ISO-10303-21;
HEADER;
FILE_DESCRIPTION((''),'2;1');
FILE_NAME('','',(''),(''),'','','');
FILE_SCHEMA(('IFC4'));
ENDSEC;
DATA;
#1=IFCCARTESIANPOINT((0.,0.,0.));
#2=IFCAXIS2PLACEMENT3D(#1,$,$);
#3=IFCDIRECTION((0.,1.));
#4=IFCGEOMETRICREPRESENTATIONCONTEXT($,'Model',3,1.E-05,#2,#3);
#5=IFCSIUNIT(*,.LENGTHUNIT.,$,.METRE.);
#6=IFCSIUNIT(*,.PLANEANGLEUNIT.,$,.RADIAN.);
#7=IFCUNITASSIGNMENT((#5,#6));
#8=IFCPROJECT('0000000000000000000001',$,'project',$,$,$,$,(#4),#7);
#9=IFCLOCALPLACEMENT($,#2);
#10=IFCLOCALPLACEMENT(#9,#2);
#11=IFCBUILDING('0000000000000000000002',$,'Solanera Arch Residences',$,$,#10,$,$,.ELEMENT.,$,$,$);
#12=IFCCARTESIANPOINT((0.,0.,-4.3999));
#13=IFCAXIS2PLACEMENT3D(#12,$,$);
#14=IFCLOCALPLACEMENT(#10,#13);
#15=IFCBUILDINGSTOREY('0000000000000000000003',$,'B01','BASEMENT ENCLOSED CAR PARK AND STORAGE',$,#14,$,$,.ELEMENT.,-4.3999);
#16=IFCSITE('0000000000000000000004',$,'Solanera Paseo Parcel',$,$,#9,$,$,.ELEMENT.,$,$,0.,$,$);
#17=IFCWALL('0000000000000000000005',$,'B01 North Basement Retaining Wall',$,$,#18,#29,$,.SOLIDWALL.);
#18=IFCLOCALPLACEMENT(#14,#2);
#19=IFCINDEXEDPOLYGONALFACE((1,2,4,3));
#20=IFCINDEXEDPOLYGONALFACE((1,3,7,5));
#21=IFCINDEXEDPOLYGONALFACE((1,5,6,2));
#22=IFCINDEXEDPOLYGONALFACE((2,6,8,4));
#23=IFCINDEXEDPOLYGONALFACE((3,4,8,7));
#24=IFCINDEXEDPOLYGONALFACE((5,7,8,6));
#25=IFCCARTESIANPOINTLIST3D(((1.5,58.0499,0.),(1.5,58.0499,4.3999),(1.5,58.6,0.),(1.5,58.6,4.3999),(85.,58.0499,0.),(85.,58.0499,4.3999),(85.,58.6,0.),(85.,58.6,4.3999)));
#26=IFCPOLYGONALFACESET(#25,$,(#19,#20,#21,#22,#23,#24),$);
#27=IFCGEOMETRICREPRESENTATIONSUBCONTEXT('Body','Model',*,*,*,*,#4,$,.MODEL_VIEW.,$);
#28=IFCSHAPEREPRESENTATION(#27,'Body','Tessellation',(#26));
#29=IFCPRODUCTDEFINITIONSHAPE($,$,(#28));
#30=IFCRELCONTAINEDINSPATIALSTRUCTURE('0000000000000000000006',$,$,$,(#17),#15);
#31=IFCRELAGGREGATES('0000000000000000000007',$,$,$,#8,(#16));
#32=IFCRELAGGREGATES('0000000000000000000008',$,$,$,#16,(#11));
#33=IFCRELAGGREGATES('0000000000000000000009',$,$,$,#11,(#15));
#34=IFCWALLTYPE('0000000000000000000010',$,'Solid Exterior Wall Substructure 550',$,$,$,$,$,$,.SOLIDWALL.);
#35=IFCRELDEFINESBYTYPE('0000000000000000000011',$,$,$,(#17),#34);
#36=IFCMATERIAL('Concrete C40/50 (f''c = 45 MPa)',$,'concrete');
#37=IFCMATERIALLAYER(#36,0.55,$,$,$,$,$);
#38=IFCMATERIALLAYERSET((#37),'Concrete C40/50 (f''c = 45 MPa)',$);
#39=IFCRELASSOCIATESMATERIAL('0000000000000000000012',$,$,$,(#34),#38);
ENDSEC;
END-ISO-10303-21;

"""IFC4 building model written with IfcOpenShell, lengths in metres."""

from ifc_helpers import new_model, si_unit, direction, frame, frame_2d, origin, place, context, subcontext, project, spatial, rectangle, extrude, material, layer, layer_set, type_object, element, save


model = new_model("IFC4")

# Units and contexts
model_context = context("Model", 3, precision=1e-05, world=origin(), true_north=direction((0.0, 1.0)))
body_context = subcontext(model_context, "Body", "Model", "MODEL_VIEW")
ifc_project = project(units=[si_unit("LENGTHUNIT", "METRE"), si_unit("PLANEANGLEUNIT", "RADIAN")], contexts=[model_context])

# Site, building, storey
site_placement = place(None, origin())
site = spatial("IfcSite", under=ifc_project, at=site_placement, Name="Solanera Paseo Parcel", CompositionType="ELEMENT", RefElevation=0.0)
building_placement = place(site_placement, origin())
building = spatial("IfcBuilding", under=site, at=building_placement, Name="Solanera Arch Residences", CompositionType="ELEMENT")
storey_placement = place(building_placement, frame((0.0, 0.0, -4.3999)))
storey = spatial("IfcBuildingStorey", under=building, at=storey_placement, Name="B01", Description="BASEMENT ENCLOSED CAR PARK AND STORAGE", CompositionType="ELEMENT", Elevation=-4.3999)

# Wall
ifc_material_1 = material(Name="Concrete C40/50 (f'c = 45 MPa)", Category="concrete")
ifc_layer_1 = layer(ifc_material_1, 0.55)
ifc_layer_set_1 = layer_set([ifc_layer_1], Name="Concrete C40/50 (f'c = 45 MPa)")
wall_type_1 = type_object("IfcWallType", Name="Solid Exterior Wall Substructure 550", PredefinedType="SOLIDWALL", material=ifc_layer_set_1)
wall_1_placement = place(storey_placement, frame((85.0, 58.325, 0.0), z_axis=(0.0, 0.0, 1.0), x_axis=(-1.0, 0.0, 0.0)))
element("IfcWall", 1, at=wall_1_placement, inside=storey, type_object=wall_type_1, Name="B01 North Basement Retaining Wall", PredefinedType="SOLIDWALL", context=body_context, shape_type="SweptSolid", body=[
    extrude(rectangle(XDim=83.5, YDim=0.55, at=frame_2d((41.75, 0.0))), origin(), (0.0, 0.0, 1.0), 4.3999),
])

save(model, "model.ifc")
